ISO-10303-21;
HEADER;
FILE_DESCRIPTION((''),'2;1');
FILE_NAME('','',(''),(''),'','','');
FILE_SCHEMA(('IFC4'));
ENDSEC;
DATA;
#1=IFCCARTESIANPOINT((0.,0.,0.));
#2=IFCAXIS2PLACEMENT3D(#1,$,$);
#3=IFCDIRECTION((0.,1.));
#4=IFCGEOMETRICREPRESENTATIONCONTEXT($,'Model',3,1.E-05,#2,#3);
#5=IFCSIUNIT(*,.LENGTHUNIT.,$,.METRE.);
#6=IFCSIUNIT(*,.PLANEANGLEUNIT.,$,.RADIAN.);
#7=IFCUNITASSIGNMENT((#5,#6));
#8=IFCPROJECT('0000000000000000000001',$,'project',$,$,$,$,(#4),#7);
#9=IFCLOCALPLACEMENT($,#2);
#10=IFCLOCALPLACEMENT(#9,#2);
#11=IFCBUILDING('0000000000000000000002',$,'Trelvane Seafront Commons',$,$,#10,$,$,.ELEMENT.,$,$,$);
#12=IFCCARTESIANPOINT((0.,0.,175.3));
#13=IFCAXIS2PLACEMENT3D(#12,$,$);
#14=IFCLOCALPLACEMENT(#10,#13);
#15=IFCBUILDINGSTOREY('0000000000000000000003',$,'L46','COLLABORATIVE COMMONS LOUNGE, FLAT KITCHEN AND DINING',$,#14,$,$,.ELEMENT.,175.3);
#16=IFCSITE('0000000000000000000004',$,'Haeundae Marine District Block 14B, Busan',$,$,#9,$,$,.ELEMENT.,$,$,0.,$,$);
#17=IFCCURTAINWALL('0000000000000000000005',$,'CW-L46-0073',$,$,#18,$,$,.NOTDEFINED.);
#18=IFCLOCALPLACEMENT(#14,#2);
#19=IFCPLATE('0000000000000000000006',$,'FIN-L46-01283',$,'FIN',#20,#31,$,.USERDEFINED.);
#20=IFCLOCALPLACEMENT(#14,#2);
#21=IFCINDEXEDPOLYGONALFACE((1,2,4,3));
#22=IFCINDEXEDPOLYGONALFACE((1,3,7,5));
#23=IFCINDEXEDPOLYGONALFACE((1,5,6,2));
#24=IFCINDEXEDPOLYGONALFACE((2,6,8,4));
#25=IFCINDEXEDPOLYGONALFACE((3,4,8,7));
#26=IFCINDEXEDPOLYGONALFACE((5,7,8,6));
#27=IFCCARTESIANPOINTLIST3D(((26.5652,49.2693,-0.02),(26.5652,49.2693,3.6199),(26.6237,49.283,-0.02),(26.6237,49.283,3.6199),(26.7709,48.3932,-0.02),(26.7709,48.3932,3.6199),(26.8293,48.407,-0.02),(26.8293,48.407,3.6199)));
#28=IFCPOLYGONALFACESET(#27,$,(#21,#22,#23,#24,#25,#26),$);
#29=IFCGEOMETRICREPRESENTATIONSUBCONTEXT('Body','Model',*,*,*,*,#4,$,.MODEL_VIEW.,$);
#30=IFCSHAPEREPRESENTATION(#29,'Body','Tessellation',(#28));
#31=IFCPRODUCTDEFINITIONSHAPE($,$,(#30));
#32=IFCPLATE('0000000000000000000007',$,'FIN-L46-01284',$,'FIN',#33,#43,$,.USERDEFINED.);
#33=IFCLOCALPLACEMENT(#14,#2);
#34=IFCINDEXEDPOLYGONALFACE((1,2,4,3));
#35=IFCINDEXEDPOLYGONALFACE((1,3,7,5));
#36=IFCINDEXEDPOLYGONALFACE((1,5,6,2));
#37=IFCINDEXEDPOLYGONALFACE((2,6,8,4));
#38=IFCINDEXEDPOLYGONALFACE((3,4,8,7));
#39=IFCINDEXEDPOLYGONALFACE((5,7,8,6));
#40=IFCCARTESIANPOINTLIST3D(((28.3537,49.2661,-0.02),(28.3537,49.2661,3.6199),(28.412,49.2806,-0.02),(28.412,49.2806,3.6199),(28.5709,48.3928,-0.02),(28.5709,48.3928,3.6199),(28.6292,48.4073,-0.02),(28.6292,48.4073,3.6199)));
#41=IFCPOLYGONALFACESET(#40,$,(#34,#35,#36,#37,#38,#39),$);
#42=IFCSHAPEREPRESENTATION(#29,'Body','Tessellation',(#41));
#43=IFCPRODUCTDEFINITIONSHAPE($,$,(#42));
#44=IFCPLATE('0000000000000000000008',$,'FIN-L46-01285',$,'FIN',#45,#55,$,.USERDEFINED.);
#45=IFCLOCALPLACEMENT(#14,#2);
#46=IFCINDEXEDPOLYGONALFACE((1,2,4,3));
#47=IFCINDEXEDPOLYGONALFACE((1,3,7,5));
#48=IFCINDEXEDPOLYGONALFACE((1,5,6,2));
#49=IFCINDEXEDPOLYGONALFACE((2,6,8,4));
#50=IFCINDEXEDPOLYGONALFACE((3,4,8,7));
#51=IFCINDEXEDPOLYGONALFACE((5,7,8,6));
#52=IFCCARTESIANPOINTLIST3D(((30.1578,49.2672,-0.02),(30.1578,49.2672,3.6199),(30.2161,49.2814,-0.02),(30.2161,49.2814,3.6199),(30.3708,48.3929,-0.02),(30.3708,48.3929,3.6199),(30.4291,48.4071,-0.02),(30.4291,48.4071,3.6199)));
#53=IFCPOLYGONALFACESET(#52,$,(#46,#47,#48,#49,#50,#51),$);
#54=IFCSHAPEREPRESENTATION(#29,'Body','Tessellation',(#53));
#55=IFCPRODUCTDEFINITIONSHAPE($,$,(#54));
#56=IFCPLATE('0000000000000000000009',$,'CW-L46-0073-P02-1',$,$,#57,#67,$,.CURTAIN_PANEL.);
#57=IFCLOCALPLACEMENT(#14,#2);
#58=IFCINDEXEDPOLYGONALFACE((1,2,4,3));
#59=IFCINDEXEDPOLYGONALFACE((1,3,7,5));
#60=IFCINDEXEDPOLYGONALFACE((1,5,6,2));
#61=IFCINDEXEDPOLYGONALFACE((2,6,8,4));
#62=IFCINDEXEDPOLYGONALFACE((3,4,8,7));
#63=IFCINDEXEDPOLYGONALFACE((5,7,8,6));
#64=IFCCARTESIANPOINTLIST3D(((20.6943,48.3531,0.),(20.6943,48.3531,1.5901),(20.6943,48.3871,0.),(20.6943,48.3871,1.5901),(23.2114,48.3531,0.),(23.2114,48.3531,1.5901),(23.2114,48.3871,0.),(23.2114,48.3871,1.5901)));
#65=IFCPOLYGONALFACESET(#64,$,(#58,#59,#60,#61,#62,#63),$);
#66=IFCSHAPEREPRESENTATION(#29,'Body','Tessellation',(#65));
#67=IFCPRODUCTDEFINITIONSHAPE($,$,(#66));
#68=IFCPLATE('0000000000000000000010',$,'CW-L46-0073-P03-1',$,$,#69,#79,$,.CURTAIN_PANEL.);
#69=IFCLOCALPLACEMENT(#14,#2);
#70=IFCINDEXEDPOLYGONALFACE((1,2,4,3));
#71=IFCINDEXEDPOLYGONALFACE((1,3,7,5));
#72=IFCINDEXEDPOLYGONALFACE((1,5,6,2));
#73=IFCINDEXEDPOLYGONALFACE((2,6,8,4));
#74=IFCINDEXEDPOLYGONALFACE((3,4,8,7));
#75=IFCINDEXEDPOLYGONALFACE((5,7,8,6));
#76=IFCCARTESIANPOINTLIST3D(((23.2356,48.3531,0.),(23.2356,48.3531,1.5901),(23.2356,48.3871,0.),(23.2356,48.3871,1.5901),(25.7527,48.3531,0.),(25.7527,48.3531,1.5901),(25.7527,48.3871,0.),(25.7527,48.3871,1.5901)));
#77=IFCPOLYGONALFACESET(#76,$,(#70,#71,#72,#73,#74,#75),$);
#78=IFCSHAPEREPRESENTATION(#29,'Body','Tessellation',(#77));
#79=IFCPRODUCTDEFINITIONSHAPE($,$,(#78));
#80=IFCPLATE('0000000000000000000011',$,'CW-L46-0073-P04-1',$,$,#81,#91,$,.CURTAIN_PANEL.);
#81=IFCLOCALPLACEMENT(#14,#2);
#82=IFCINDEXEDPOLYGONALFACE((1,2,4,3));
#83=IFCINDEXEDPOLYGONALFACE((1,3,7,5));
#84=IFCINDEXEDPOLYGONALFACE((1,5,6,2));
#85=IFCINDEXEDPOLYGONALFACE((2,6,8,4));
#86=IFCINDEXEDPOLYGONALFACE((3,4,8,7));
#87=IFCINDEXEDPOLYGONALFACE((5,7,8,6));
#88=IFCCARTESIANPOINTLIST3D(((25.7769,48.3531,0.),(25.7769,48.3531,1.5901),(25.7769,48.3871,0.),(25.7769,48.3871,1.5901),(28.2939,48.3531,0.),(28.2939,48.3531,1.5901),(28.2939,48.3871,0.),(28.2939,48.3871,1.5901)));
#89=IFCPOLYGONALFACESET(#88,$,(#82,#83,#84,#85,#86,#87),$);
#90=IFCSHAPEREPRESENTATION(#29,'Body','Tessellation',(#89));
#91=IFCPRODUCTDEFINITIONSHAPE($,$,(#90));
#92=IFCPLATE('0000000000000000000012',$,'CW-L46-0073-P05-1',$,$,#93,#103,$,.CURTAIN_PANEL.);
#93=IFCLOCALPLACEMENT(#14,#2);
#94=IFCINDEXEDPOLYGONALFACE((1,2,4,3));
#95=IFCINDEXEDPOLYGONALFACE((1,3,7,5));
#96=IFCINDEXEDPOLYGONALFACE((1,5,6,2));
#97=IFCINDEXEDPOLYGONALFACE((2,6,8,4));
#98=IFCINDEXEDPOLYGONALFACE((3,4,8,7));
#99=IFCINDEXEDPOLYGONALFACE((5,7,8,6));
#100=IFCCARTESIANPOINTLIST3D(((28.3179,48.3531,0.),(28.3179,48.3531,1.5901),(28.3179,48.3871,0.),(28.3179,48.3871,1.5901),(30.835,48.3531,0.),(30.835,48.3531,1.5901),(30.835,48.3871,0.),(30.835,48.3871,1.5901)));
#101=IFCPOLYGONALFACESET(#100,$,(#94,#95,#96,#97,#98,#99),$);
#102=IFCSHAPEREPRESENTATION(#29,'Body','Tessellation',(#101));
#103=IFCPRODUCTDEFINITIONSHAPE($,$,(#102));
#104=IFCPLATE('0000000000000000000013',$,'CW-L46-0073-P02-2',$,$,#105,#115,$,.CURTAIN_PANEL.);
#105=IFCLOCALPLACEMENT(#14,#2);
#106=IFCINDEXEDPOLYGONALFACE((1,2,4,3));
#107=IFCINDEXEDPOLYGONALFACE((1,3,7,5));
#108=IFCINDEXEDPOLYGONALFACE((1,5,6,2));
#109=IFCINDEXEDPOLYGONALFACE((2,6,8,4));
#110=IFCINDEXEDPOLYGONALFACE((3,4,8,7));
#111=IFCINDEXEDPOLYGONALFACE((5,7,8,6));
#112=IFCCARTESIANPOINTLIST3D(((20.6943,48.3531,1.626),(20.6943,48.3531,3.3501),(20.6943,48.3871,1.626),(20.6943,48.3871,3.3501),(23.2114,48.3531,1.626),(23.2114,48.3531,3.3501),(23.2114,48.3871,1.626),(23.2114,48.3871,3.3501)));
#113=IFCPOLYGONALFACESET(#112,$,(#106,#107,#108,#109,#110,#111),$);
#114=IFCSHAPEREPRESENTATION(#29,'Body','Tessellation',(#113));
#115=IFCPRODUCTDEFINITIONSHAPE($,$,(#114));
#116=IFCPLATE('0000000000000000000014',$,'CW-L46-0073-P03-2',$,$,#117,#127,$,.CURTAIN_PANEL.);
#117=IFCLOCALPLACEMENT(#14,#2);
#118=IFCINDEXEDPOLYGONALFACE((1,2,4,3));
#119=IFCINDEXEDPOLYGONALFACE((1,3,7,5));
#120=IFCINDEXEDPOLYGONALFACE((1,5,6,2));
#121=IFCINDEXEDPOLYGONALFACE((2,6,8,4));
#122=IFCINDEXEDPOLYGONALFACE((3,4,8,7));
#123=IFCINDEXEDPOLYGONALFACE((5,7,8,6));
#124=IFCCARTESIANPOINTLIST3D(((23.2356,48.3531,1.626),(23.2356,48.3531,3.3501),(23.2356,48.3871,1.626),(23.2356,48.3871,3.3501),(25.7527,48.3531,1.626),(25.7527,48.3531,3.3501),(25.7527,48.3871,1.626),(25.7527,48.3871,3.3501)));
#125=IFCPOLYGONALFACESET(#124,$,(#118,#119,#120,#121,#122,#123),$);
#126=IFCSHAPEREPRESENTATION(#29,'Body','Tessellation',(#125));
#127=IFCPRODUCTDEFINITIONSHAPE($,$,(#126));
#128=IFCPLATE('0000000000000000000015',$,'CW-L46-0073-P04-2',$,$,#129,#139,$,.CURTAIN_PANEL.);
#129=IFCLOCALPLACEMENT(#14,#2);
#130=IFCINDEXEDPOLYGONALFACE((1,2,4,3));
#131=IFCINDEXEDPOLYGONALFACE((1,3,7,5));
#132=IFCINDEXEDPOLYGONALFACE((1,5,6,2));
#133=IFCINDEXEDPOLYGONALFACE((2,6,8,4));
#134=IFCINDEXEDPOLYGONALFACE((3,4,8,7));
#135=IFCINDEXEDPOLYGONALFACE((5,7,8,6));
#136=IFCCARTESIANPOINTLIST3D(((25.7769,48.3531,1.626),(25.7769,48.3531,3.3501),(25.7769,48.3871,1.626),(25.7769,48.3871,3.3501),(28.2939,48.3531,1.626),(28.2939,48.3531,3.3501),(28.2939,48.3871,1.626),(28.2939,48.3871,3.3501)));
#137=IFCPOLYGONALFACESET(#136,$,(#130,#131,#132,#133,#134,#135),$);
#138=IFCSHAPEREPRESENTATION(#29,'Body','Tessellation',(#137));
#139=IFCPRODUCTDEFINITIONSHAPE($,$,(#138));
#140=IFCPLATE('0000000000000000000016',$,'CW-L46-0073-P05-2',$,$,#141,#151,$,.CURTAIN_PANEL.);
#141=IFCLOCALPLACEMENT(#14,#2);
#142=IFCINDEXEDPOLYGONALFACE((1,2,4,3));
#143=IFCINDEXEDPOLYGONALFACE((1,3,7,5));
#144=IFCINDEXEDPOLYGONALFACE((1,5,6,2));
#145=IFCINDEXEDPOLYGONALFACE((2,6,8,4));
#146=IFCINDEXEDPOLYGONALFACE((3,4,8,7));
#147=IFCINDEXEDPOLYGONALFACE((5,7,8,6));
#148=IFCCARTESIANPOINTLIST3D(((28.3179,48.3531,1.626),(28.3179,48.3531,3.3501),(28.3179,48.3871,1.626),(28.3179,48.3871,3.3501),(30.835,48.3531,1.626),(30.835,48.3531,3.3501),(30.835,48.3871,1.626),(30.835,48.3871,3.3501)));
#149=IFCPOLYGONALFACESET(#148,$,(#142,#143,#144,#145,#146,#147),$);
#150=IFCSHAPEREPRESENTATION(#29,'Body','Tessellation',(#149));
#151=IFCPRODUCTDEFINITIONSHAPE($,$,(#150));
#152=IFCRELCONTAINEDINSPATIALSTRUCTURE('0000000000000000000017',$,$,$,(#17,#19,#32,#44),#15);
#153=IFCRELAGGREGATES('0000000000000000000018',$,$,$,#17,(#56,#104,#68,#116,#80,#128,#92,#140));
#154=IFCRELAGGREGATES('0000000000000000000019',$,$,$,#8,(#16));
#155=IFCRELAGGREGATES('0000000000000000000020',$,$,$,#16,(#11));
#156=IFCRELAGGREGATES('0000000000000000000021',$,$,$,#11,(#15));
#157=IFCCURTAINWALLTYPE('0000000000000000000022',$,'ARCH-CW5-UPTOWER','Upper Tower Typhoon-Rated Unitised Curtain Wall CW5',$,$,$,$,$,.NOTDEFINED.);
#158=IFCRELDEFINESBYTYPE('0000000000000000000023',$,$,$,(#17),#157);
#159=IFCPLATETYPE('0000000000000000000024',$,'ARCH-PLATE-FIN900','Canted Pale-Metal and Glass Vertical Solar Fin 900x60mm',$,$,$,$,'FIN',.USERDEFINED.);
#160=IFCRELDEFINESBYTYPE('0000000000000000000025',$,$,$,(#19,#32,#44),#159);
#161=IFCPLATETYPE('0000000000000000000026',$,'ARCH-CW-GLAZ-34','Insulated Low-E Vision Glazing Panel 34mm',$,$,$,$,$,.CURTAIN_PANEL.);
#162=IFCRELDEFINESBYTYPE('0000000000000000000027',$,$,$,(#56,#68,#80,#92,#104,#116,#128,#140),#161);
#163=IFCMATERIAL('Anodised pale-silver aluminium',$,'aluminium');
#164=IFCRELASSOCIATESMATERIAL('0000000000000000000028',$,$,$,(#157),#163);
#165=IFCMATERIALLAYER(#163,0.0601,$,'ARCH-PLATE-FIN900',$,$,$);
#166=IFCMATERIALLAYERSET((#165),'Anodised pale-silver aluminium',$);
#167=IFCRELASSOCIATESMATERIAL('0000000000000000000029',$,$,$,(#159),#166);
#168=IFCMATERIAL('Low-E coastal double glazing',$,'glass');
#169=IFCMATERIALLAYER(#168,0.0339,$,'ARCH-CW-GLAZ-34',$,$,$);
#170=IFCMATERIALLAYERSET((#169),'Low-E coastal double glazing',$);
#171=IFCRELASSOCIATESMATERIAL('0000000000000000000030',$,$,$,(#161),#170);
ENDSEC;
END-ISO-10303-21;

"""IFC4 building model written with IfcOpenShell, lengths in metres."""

from ifc_helpers import new_model, si_unit, direction, frame, origin, origin_2d, place, context, subcontext, project, spatial, rectangle, extrude, source, transform, mapped, material, layer, layer_set, type_object, element, aggregate, save


model = new_model("IFC4")

# Units and contexts
model_context = context("Model", 3, precision=1e-05, world=origin(), true_north=direction((0.0, 1.0)))
body_context = subcontext(model_context, "Body", "Model", "MODEL_VIEW")
ifc_project = project(units=[si_unit("LENGTHUNIT", "METRE"), si_unit("PLANEANGLEUNIT", "RADIAN")], contexts=[model_context])

# Site, building, storey
site_placement = place(None, origin())
site = spatial("IfcSite", under=ifc_project, at=site_placement, Name="Haeundae Marine District Block 14B, Busan", CompositionType="ELEMENT", RefElevation=0.0)
building_placement = place(site_placement, origin())
building = spatial("IfcBuilding", under=site, at=building_placement, Name="Trelvane Seafront Commons", CompositionType="ELEMENT")
storey_placement = place(building_placement, frame((0.0, 0.0, 175.3)))
storey = spatial("IfcBuildingStorey", under=building, at=storey_placement, Name="L46", Description="COLLABORATIVE COMMONS LOUNGE, FLAT KITCHEN AND DINING", CompositionType="ELEMENT", Elevation=175.3)

# Curtain wall
ifc_material_1 = material(Name="Anodised pale-silver aluminium", Category="aluminium")
curtain_wall_type = type_object("IfcCurtainWallType", Name="ARCH-CW5-UPTOWER", Description="Upper Tower Typhoon-Rated Unitised Curtain Wall CW5", PredefinedType="NOTDEFINED", material=ifc_material_1)
curtain_wall_placement = place(storey_placement, origin())
curtain_wall = element("IfcCurtainWall", 1, at=curtain_wall_placement, inside=storey, type_object=curtain_wall_type, Name="CW-L46-0073", PredefinedType="NOTDEFINED")

# Plates
ifc_layer_1 = layer(ifc_material_1, 0.0601, Name="ARCH-PLATE-FIN900")
ifc_layer_set_1 = layer_set([ifc_layer_1], Name="Anodised pale-silver aluminium")
plate_type_1 = type_object("IfcPlateType", Name="ARCH-PLATE-FIN900", Description="Canted Pale-Metal and Glass Vertical Solar Fin 900x60mm", ElementType="FIN", PredefinedType="USERDEFINED", material=ifc_layer_set_1)
shared_shape_1 = source(origin(), body_context, "Body", "SweptSolid", [
    extrude(rectangle(XDim=0.8999, YDim=0.0601, at=origin_2d()), origin(), (0.0, 0.0, 1.0), 3.6399),
])
for number, where, z_axis, x_axis, name in (
    (2, (26.6973, 48.8381, -0.02), (0.0, 0.0, 1.0), (-0.22855, 0.973532, 0.0), "FIN-L46-01283"),
    (3, (28.4915, 48.8367, -0.02), (0.0, 0.0, 1.0), (-0.241438, 0.970416, 0.0), "FIN-L46-01284"),
    (4, (30.2935, 48.8372, -0.02), (0.0, 0.0, 1.0), (-0.236675, 0.971589, 0.0), "FIN-L46-01285"),
):
    element("IfcPlate", number, at=place(storey_placement, frame(where, z_axis=z_axis, x_axis=x_axis)), inside=storey, type_object=plate_type_1, Name=name, ObjectType="FIN", PredefinedType="USERDEFINED", context=body_context, shape_type="MappedRepresentation", body=[
        mapped(shared_shape_1, transform((0.0, 0.0, 0.0), x_axis=(1.0, 0.0, 0.0), y_axis=(0.0, 1.0, 0.0), z_axis=(0.0, 0.0, 1.0), scale=1.0)),
    ])

# Plates
ifc_material_2 = material(Name="Low-E coastal double glazing", Category="glass")
ifc_layer_2 = layer(ifc_material_2, 0.0339, Name="ARCH-CW-GLAZ-34")
ifc_layer_set_2 = layer_set([ifc_layer_2], Name="Low-E coastal double glazing")
plate_type_2 = type_object("IfcPlateType", Name="ARCH-CW-GLAZ-34", Description="Insulated Low-E Vision Glazing Panel 34mm", PredefinedType="CURTAIN_PANEL", material=ifc_layer_set_2)
shared_shape_2 = source(origin(), body_context, "Body", "SweptSolid", [
    extrude(rectangle(XDim=2.5171, YDim=0.0339, at=origin_2d()), origin(), (0.0, 0.0, 1.0), 1.5901),
])
plate_1_placement = place(storey_placement, frame((21.9529, 48.3701, 0.0), z_axis=(0.0, 0.0, 1.0), x_axis=(1.0, 0.0, 0.0)))
plate_1 = element("IfcPlate", 5, at=plate_1_placement, type_object=plate_type_2, Name="CW-L46-0073-P02-1", PredefinedType="CURTAIN_PANEL", context=body_context, shape_type="MappedRepresentation", body=[
    mapped(shared_shape_2, transform((0.0, 0.0, 0.0), x_axis=(1.0, 0.0, 0.0), y_axis=(0.0, 1.0, 0.0), z_axis=(0.0, 0.0, 1.0), scale=1.0)),
])
plate_2_placement = place(storey_placement, frame((24.4941, 48.3701, 0.0), z_axis=(0.0, 0.0, 1.0), x_axis=(1.0, 0.0, 0.0)))
plate_2 = element("IfcPlate", 6, at=plate_2_placement, type_object=plate_type_2, Name="CW-L46-0073-P03-1", PredefinedType="CURTAIN_PANEL", context=body_context, shape_type="MappedRepresentation", body=[
    mapped(shared_shape_2, transform((0.0, 0.0, 0.0), x_axis=(1.0, 0.0, 0.0), y_axis=(0.0, 1.0, 0.0), z_axis=(0.0, 0.0, 1.0), scale=1.0)),
])
plate_3_placement = place(storey_placement, frame((27.0354, 48.3701, 0.0), z_axis=(0.0, 0.0, 1.0), x_axis=(1.0, 0.0, 0.0)))
plate_3 = element("IfcPlate", 7, at=plate_3_placement, type_object=plate_type_2, Name="CW-L46-0073-P04-1", PredefinedType="CURTAIN_PANEL", context=body_context, shape_type="MappedRepresentation", body=[
    mapped(shared_shape_2, transform((0.0, 0.0, 0.0), x_axis=(1.0, 0.0, 0.0), y_axis=(0.0, 1.0, 0.0), z_axis=(0.0, 0.0, 1.0), scale=1.0)),
])
plate_4_placement = place(storey_placement, frame((29.5764, 48.3701, 0.0), z_axis=(0.0, 0.0, 1.0), x_axis=(1.0, 0.0, 0.0)))
plate_4 = element("IfcPlate", 8, at=plate_4_placement, type_object=plate_type_2, Name="CW-L46-0073-P05-1", PredefinedType="CURTAIN_PANEL", context=body_context, shape_type="MappedRepresentation", body=[
    mapped(shared_shape_2, transform((0.0, 0.0, 0.0), x_axis=(1.0, 0.0, 0.0), y_axis=(0.0, 1.0, 0.0), z_axis=(0.0, 0.0, 1.0), scale=1.0)),
])
shared_shape_3 = source(origin(), body_context, "Body", "SweptSolid", [
    extrude(rectangle(XDim=2.5171, YDim=0.0339, at=origin_2d()), origin(), (0.0, 0.0, 1.0), 1.7241),
])
plate_5_placement = place(storey_placement, frame((21.9529, 48.3701, 1.626), z_axis=(0.0, 0.0, 1.0), x_axis=(1.0, 0.0, 0.0)))
plate_5 = element("IfcPlate", 9, at=plate_5_placement, type_object=plate_type_2, Name="CW-L46-0073-P02-2", PredefinedType="CURTAIN_PANEL", context=body_context, shape_type="MappedRepresentation", body=[
    mapped(shared_shape_3, transform((0.0, 0.0, 0.0), x_axis=(1.0, 0.0, 0.0), y_axis=(0.0, 1.0, 0.0), z_axis=(0.0, 0.0, 1.0), scale=1.0)),
])
plate_6_placement = place(storey_placement, frame((24.4941, 48.3701, 1.626), z_axis=(0.0, 0.0, 1.0), x_axis=(1.0, 0.0, 0.0)))
plate_6 = element("IfcPlate", 10, at=plate_6_placement, type_object=plate_type_2, Name="CW-L46-0073-P03-2", PredefinedType="CURTAIN_PANEL", context=body_context, shape_type="MappedRepresentation", body=[
    mapped(shared_shape_3, transform((0.0, 0.0, 0.0), x_axis=(1.0, 0.0, 0.0), y_axis=(0.0, 1.0, 0.0), z_axis=(0.0, 0.0, 1.0), scale=1.0)),
])
plate_7_placement = place(storey_placement, frame((27.0354, 48.3701, 1.626), z_axis=(0.0, 0.0, 1.0), x_axis=(1.0, 0.0, 0.0)))
plate_7 = element("IfcPlate", 11, at=plate_7_placement, type_object=plate_type_2, Name="CW-L46-0073-P04-2", PredefinedType="CURTAIN_PANEL", context=body_context, shape_type="MappedRepresentation", body=[
    mapped(shared_shape_3, transform((0.0, 0.0, 0.0), x_axis=(1.0, 0.0, 0.0), y_axis=(0.0, 1.0, 0.0), z_axis=(0.0, 0.0, 1.0), scale=1.0)),
])
plate_8_placement = place(storey_placement, frame((29.5764, 48.3701, 1.626), z_axis=(0.0, 0.0, 1.0), x_axis=(1.0, 0.0, 0.0)))
plate_8 = element("IfcPlate", 12, at=plate_8_placement, type_object=plate_type_2, Name="CW-L46-0073-P05-2", PredefinedType="CURTAIN_PANEL", context=body_context, shape_type="MappedRepresentation", body=[
    mapped(shared_shape_3, transform((0.0, 0.0, 0.0), x_axis=(1.0, 0.0, 0.0), y_axis=(0.0, 1.0, 0.0), z_axis=(0.0, 0.0, 1.0), scale=1.0)),
])
aggregate(curtain_wall, [plate_1, plate_5, plate_2, plate_6, plate_3, plate_7, plate_4, plate_8])

save(model, "model.ifc")
